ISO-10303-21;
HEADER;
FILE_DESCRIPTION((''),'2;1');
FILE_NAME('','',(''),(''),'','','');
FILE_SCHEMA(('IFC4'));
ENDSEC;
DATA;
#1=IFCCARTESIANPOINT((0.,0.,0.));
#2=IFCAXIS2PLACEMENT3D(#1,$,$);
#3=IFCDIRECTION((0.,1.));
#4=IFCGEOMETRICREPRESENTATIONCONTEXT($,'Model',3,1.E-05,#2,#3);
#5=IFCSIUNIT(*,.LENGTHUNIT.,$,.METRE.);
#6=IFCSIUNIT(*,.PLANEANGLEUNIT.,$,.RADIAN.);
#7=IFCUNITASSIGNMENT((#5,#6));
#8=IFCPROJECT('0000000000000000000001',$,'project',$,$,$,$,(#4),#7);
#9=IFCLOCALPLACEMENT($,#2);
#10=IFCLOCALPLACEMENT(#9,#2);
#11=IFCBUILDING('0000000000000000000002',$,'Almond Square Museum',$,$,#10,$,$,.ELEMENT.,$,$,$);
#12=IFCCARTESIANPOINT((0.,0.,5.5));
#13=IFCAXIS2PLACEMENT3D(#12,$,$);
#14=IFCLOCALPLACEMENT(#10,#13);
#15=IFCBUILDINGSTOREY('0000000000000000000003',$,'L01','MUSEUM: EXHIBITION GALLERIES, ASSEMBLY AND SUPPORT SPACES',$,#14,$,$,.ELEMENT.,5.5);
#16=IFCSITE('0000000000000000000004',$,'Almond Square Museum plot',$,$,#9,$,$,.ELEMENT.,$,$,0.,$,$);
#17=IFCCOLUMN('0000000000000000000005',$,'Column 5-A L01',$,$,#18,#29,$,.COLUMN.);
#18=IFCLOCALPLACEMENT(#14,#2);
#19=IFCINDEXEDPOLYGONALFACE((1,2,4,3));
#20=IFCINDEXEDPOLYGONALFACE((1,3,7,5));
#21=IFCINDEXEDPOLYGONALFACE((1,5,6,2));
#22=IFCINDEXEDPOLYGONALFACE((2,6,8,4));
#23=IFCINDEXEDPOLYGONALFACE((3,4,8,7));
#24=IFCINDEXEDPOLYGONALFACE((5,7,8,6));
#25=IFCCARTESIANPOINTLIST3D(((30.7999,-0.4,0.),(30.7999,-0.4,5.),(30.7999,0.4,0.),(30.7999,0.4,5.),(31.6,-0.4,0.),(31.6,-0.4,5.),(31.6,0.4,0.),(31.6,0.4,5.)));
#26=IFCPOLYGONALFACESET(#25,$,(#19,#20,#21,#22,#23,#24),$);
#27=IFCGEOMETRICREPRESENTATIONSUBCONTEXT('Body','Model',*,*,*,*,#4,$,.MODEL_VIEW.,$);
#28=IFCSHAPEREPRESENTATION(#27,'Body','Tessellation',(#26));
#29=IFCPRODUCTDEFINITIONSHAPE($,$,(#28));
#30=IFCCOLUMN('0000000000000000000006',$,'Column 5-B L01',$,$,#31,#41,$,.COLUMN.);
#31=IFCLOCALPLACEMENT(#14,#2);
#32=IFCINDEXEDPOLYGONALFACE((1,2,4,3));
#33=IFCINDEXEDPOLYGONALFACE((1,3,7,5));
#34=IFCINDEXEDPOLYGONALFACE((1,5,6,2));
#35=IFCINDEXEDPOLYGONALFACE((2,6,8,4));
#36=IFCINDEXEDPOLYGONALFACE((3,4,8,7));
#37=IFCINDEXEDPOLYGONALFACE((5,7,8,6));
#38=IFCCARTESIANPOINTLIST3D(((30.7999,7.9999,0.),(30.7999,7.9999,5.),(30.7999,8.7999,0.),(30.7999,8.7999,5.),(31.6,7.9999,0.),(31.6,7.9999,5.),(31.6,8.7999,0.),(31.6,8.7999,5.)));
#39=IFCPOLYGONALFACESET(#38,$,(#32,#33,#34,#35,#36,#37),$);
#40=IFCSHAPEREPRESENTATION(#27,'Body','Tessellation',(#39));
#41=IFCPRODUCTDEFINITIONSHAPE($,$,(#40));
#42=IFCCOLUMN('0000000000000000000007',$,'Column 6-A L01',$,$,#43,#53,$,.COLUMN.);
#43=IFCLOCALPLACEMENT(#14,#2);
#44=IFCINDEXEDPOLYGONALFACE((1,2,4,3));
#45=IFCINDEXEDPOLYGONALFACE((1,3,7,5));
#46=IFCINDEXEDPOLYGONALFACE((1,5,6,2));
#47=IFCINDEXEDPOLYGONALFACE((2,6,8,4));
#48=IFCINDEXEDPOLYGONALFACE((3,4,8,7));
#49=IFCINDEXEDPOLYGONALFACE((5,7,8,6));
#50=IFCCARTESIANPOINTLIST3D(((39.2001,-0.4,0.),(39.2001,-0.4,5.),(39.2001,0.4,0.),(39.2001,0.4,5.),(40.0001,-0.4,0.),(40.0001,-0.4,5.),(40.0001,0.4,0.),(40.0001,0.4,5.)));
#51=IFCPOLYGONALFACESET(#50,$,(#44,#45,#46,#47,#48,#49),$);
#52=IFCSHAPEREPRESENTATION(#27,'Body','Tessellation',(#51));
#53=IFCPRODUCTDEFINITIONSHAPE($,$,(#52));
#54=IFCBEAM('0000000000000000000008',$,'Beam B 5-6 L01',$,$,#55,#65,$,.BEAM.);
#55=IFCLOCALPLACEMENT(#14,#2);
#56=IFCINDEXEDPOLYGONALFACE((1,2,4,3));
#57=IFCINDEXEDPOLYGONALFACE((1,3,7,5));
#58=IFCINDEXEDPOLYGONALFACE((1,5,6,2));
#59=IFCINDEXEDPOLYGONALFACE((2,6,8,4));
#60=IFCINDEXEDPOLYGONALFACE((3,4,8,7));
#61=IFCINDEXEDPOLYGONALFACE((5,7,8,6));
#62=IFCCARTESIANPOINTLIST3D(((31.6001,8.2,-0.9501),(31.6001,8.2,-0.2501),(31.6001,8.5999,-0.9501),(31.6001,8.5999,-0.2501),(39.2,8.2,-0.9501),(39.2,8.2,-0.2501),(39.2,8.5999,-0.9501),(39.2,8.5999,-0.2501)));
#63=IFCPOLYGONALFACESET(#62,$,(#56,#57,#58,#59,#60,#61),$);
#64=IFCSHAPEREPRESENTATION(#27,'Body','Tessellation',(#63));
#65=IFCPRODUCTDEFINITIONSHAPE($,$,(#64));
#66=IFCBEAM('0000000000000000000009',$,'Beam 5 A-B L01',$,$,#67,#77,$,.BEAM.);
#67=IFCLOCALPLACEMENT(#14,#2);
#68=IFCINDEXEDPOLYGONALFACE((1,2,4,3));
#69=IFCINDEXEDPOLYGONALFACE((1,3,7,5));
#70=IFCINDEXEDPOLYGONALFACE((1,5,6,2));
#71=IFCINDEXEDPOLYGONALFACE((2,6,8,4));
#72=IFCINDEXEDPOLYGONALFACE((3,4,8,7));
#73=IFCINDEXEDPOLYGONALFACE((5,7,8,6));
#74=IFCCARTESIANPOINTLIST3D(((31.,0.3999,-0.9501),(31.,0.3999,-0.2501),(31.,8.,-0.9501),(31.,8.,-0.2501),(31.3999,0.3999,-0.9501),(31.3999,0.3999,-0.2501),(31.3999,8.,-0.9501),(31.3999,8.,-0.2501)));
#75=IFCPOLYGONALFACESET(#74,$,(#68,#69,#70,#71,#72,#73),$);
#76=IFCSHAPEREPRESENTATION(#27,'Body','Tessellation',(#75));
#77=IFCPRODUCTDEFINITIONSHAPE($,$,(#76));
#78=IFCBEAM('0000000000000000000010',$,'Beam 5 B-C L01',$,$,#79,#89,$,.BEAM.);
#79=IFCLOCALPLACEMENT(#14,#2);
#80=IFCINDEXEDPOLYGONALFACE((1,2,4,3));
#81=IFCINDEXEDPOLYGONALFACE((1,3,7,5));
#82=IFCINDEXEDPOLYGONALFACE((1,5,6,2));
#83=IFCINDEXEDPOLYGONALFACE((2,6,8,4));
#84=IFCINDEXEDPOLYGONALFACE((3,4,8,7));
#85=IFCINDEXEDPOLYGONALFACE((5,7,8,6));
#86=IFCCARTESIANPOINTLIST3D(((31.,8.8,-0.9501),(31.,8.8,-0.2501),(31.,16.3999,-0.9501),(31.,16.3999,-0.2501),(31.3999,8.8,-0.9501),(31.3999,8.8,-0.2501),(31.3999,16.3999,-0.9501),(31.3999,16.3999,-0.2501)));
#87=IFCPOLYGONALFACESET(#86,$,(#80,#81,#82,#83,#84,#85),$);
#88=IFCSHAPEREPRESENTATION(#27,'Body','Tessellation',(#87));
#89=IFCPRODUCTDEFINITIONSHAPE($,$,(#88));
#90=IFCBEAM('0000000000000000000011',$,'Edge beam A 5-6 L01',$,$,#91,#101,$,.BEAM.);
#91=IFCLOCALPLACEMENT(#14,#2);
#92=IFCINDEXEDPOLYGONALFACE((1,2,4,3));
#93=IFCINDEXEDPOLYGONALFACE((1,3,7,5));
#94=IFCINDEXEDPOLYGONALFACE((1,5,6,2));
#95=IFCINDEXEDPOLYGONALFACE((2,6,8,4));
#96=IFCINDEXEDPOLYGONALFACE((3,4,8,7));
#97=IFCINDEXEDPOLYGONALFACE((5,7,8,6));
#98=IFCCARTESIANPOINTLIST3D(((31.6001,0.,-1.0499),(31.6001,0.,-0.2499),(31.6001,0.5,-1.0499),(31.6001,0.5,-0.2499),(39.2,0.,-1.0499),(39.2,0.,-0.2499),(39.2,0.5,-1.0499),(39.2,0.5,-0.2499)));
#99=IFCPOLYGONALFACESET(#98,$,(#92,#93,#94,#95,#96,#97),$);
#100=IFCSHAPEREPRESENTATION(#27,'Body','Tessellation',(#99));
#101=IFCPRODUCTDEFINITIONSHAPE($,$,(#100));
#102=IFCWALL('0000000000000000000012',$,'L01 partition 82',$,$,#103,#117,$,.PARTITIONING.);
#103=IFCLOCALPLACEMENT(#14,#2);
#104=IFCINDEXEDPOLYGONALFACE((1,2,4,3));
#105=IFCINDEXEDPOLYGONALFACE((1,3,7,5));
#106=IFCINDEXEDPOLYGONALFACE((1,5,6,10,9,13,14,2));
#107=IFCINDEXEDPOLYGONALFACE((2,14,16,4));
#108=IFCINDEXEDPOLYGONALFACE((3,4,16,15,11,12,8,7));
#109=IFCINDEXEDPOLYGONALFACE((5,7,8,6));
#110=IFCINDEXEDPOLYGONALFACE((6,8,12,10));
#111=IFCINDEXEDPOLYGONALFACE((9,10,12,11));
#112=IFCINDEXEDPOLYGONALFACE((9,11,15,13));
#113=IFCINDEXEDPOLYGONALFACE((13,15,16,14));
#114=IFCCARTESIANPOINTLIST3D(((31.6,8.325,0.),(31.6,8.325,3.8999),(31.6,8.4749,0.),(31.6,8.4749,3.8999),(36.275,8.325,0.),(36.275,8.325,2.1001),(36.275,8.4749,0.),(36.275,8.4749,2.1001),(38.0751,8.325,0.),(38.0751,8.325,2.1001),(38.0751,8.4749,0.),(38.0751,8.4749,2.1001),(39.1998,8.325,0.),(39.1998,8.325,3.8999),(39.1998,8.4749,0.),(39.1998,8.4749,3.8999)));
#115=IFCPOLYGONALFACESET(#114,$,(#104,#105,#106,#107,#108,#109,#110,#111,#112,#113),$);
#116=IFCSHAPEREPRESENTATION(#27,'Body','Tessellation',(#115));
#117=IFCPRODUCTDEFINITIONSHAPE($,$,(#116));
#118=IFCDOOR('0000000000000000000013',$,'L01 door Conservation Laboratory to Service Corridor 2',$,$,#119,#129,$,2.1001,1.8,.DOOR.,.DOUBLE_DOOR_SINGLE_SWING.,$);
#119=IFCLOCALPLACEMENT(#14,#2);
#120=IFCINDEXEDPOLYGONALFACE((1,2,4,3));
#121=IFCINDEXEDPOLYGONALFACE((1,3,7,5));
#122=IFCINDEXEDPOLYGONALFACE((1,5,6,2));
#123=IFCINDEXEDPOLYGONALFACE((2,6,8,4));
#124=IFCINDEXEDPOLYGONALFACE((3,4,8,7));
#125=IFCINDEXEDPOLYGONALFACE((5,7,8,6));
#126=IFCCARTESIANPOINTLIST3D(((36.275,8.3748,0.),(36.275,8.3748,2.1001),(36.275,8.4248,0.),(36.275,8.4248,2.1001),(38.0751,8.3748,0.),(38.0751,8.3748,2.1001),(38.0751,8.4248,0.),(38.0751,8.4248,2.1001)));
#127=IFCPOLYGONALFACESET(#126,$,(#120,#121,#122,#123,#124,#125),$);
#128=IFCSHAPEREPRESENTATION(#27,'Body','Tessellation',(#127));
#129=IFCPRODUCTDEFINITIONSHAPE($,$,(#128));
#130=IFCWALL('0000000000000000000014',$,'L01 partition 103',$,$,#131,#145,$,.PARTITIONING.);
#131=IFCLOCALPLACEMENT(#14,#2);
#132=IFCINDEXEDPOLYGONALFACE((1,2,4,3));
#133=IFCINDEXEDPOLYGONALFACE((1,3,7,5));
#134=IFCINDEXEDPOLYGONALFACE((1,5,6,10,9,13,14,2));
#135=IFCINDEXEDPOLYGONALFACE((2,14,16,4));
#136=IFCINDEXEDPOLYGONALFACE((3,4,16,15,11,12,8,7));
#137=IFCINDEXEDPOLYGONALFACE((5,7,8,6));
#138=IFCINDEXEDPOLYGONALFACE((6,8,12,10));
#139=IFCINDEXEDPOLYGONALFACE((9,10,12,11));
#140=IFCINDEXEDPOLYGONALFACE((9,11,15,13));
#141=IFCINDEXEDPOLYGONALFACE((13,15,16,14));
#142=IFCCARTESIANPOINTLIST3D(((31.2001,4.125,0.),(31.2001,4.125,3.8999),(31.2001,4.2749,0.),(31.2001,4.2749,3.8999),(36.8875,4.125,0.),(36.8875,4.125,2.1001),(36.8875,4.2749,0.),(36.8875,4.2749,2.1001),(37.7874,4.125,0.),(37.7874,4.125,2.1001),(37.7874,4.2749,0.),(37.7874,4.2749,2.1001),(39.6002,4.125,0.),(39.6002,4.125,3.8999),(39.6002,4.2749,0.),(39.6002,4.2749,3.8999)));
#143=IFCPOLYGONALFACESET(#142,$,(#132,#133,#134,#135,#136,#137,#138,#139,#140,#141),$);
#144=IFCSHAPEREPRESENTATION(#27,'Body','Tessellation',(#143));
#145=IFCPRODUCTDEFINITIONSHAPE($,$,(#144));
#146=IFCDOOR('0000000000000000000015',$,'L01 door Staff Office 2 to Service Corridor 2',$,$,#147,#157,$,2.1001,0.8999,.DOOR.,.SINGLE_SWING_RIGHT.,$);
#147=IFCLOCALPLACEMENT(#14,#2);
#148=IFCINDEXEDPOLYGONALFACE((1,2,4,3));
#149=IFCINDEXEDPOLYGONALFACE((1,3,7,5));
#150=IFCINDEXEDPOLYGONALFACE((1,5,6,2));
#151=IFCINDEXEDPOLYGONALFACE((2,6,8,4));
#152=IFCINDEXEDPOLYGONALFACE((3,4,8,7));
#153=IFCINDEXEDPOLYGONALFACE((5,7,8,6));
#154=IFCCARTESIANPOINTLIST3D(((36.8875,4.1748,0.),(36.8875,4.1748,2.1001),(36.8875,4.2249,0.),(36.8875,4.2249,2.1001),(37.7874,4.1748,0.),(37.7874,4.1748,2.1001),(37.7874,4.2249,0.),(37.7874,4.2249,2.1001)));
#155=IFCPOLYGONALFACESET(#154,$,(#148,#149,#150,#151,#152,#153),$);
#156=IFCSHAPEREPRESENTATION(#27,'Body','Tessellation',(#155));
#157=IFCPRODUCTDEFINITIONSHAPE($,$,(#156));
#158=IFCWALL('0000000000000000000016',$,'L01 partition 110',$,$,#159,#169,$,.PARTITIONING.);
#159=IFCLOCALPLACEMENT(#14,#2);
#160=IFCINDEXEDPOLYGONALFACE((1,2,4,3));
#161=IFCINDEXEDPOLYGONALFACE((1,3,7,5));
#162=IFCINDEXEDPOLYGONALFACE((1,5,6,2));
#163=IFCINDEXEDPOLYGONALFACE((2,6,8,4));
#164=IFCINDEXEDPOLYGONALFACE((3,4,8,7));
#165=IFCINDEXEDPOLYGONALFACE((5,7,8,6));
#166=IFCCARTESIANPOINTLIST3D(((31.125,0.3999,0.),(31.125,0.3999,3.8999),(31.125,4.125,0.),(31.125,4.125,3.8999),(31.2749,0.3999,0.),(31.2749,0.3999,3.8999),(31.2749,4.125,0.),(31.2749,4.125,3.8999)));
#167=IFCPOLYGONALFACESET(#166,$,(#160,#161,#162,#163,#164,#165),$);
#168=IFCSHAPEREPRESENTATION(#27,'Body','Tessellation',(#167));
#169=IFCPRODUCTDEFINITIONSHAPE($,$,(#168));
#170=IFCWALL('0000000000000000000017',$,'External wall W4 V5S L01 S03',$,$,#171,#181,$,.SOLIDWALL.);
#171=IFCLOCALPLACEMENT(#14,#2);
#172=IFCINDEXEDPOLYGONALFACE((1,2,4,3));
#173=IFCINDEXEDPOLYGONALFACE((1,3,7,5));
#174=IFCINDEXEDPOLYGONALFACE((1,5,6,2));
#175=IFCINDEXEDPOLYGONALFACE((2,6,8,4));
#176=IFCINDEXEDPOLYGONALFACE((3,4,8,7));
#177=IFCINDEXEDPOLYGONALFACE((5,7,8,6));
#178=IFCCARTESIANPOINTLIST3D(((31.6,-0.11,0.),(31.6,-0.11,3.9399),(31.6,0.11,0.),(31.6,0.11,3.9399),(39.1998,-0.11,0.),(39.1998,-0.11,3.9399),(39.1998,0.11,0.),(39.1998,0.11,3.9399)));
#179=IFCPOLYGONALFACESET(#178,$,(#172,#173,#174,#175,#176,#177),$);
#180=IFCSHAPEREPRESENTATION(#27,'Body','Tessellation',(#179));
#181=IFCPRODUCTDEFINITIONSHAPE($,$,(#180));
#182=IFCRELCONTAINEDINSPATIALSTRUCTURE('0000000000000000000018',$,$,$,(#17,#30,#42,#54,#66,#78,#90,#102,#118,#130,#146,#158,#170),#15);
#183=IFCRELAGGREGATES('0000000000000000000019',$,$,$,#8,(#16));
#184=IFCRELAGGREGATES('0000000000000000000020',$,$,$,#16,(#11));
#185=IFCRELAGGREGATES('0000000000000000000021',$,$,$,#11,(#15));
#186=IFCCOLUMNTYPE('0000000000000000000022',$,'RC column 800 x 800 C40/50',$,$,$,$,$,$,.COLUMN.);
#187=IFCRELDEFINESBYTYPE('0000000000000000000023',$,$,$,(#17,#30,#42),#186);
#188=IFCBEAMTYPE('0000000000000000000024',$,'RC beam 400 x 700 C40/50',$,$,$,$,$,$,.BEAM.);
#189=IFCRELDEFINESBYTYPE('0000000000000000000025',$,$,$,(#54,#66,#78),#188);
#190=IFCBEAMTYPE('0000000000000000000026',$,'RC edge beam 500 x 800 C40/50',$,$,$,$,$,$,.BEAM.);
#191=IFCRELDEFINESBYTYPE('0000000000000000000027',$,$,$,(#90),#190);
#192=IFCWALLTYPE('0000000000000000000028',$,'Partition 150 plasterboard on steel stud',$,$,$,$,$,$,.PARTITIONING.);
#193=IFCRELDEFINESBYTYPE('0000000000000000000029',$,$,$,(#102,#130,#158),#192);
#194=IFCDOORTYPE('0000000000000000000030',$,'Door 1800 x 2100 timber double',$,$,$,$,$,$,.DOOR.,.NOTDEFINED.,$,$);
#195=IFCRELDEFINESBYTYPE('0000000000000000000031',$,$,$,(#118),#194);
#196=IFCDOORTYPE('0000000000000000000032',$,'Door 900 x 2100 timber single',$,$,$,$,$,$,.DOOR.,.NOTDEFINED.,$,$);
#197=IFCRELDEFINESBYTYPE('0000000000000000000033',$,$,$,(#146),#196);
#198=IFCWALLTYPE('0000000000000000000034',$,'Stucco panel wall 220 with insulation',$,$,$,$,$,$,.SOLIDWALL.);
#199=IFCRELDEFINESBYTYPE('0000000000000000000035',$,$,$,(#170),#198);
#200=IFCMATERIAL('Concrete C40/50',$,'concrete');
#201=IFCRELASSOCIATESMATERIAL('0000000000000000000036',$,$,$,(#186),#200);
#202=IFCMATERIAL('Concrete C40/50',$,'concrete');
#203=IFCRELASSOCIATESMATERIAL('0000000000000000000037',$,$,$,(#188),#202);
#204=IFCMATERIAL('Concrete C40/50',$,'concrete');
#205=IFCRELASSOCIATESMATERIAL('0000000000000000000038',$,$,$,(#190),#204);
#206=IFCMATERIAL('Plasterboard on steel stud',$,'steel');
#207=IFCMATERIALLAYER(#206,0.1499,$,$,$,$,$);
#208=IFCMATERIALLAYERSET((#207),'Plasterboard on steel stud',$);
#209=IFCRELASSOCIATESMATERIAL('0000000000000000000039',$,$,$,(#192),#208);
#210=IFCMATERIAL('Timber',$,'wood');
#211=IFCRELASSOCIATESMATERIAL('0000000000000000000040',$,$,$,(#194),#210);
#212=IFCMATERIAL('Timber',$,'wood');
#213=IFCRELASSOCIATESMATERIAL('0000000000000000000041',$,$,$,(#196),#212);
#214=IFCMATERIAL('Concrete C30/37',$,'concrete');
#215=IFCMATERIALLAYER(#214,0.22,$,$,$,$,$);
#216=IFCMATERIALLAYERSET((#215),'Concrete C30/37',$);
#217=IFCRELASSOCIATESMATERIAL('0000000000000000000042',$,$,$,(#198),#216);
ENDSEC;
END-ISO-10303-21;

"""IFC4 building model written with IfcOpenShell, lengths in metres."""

from ifc_helpers import new_model, si_unit, direction, frame, frame_2d, origin, origin_2d, place, context, subcontext, project, spatial, rectangle, extrude, material, layer, layer_set, material_profile, profile_set, type_object, element, fill, save


model = new_model("IFC4")

# Units and contexts
model_context = context("Model", 3, precision=1e-05, world=origin(), true_north=direction((0.0, 1.0)))
body_context = subcontext(model_context, "Body", "Model", "MODEL_VIEW")
ifc_project = project(units=[si_unit("LENGTHUNIT", "METRE"), si_unit("PLANEANGLEUNIT", "RADIAN")], contexts=[model_context])

# Site, building, storey
site_placement = place(None, origin())
site = spatial("IfcSite", under=ifc_project, at=site_placement, Name="Almond Square Museum plot", CompositionType="ELEMENT", RefElevation=0.0)
building_placement = place(site_placement, origin())
building = spatial("IfcBuilding", under=site, at=building_placement, Name="Almond Square Museum", CompositionType="ELEMENT")
storey_placement = place(building_placement, frame((0.0, 0.0, 5.5)))
storey = spatial("IfcBuildingStorey", under=building, at=storey_placement, Name="L01", Description="MUSEUM: EXHIBITION GALLERIES, ASSEMBLY AND SUPPORT SPACES", CompositionType="ELEMENT", Elevation=5.5)

# Columns
ifc_material_1 = material(Name="Concrete C40/50", Category="concrete")
ifc_material_profile_1 = material_profile(ifc_material_1, rectangle(XDim=0.8, YDim=0.8, at=origin_2d()))
ifc_profile_set_1 = profile_set([ifc_material_profile_1], Name="Concrete C40/50")
column_type = type_object("IfcColumnType", Name="RC column 800 x 800 C40/50", PredefinedType="COLUMN", material=ifc_profile_set_1)
for number, where, z_axis, x_axis, name in (
    (1, (31.2, 0.0, 0.0), (0.0, 0.0, 1.0), (1.0, 0.0, 0.0), "Column 5-A L01"),
    (2, (31.2, 8.3999, 0.0), (0.0, 0.0, 1.0), (1.0, 0.0, 0.0), "Column 5-B L01"),
    (3, (39.6001, 0.0, 0.0), (0.0, 0.0, 1.0), (1.0, 0.0, 0.0), "Column 6-A L01"),
):
    element("IfcColumn", number, at=place(storey_placement, frame(where, z_axis=z_axis, x_axis=x_axis)), inside=storey, type_object=column_type, Name=name, PredefinedType="COLUMN", context=body_context, shape_type="SweptSolid", body=[
        extrude(rectangle(XDim=0.8, YDim=0.8, at=origin_2d()), origin(), (0.0, 0.0, 1.0), 5.0),
    ])

# Beams
ifc_material_2 = material(Name="Concrete C40/50", Category="concrete")
ifc_material_profile_2 = material_profile(ifc_material_2, rectangle(XDim=0.3999, YDim=0.7, at=origin_2d()))
ifc_profile_set_2 = profile_set([ifc_material_profile_2], Name="Concrete C40/50")
beam_type_1 = type_object("IfcBeamType", Name="RC beam 400 x 700 C40/50", PredefinedType="BEAM", material=ifc_profile_set_2)
beam_1_placement = place(storey_placement, frame((31.6001, 8.3999, -0.6001), z_axis=(1.0, 0.0, 0.0), x_axis=(0.0, 1.0, 0.0)))
element("IfcBeam", 4, at=beam_1_placement, inside=storey, type_object=beam_type_1, Name="Beam B 5-6 L01", PredefinedType="BEAM", context=body_context, shape_type="SweptSolid", body=[
    extrude(rectangle(XDim=0.3999, YDim=0.7, at=origin_2d()), origin(), (0.0, 0.0, 1.0), 7.5999),
])
beam_2_placement = place(storey_placement, frame((31.2, 0.3999, -0.6001), z_axis=(0.0, 1.0, 0.0), x_axis=(-1.0, 0.0, 0.0)))
element("IfcBeam", 5, at=beam_2_placement, inside=storey, type_object=beam_type_1, Name="Beam 5 A-B L01", PredefinedType="BEAM", context=body_context, shape_type="SweptSolid", body=[
    extrude(rectangle(XDim=0.3999, YDim=0.7, at=origin_2d()), origin(), (0.0, 0.0, 1.0), 7.6001),
])
beam_3_placement = place(storey_placement, frame((31.2, 8.8, -0.6001), z_axis=(0.0, 1.0, 0.0), x_axis=(-1.0, 0.0, 0.0)))
element("IfcBeam", 6, at=beam_3_placement, inside=storey, type_object=beam_type_1, Name="Beam 5 B-C L01", PredefinedType="BEAM", context=body_context, shape_type="SweptSolid", body=[
    extrude(rectangle(XDim=0.3999, YDim=0.7, at=origin_2d()), origin(), (0.0, 0.0, 1.0), 7.5999),
])
ifc_material_3 = material(Name="Concrete C40/50", Category="concrete")
ifc_material_profile_3 = material_profile(ifc_material_3, rectangle(XDim=0.5, YDim=0.8, at=origin_2d()))
ifc_profile_set_3 = profile_set([ifc_material_profile_3], Name="Concrete C40/50")
beam_type_2 = type_object("IfcBeamType", Name="RC edge beam 500 x 800 C40/50", PredefinedType="BEAM", material=ifc_profile_set_3)
beam_4_placement = place(storey_placement, frame((31.6001, 0.25, -0.6499), z_axis=(1.0, 0.0, 0.0), x_axis=(0.0, 1.0, 0.0)))
element("IfcBeam", 7, at=beam_4_placement, inside=storey, type_object=beam_type_2, Name="Edge beam A 5-6 L01", PredefinedType="BEAM", context=body_context, shape_type="SweptSolid", body=[
    extrude(rectangle(XDim=0.5, YDim=0.8, at=origin_2d()), origin(), (0.0, 0.0, 1.0), 7.5999),
])

# Walls, openings, doors
ifc_material_4 = material(Name="Plasterboard on steel stud", Category="steel")
ifc_layer_1 = layer(ifc_material_4, 0.1499)
ifc_layer_set_1 = layer_set([ifc_layer_1], Name="Plasterboard on steel stud")
wall_type_1 = type_object("IfcWallType", Name="Partition 150 plasterboard on steel stud", PredefinedType="PARTITIONING", material=ifc_layer_set_1)
wall_1_placement = place(storey_placement, frame((31.6001, 8.3999, 0.0), z_axis=(0.0, 0.0, 1.0), x_axis=(1.0, 0.0, 0.0)))
wall_1 = element("IfcWall", 8, at=wall_1_placement, inside=storey, type_object=wall_type_1, Name="L01 partition 82", PredefinedType="PARTITIONING", context=body_context, shape_type="SweptSolid", body=[
    extrude(rectangle(XDim=7.5999, YDim=0.1499, at=frame_2d((3.7998, 0.0))), origin(), (0.0, 0.0, 1.0), 3.8999),
])
opening_1_placement = place(wall_1_placement, frame((4.675, 0.0, 0.0)))
opening_1 = element("IfcOpeningElement", 9, at=opening_1_placement, cuts=wall_1, PredefinedType="OPENING", context=body_context, shape_type="SweptSolid", body=[
    extrude(rectangle(XDim=1.8, YDim=2.1001, at=frame_2d((0.8999, 1.05))), frame((0.0, 0.085, 0.0), z_axis=(0.0, -1.0, 0.0), x_axis=(1.0, 0.0, 0.0)), (0.0, 0.0, 1.0), 0.1699),
])
ifc_material_5 = material(Name="Timber", Category="wood")
door_type_1 = type_object("IfcDoorType", Name="Door 1800 x 2100 timber double", OperationType="NOTDEFINED", PredefinedType="DOOR", material=ifc_material_5)
door_1_placement = place(opening_1_placement, origin())
door_1 = element("IfcDoor", 10, at=door_1_placement, inside=storey, type_object=door_type_1, Name="L01 door Conservation Laboratory to Service Corridor 2", OperationType="DOUBLE_DOOR_SINGLE_SWING", OverallHeight=2.1001, OverallWidth=1.8, PredefinedType="DOOR", context=body_context, shape_type="SweptSolid", body=[
    extrude(rectangle(XDim=1.8, YDim=2.1001, at=frame_2d((0.8999, 1.05))), frame((0.0, 0.0249, 0.0), z_axis=(0.0, -1.0, 0.0), x_axis=(1.0, 0.0, 0.0)), (0.0, 0.0, 1.0), 0.05),
])
fill(opening_1, door_1)
wall_2_placement = place(storey_placement, frame((31.2, 4.2, 0.0), z_axis=(0.0, 0.0, 1.0), x_axis=(1.0, 0.0, 0.0)))
wall_2 = element("IfcWall", 11, at=wall_2_placement, inside=storey, type_object=wall_type_1, Name="L01 partition 103", PredefinedType="PARTITIONING", context=body_context, shape_type="SweptSolid", body=[
    extrude(rectangle(XDim=8.4001, YDim=0.1499, at=frame_2d((4.2002, 0.0))), origin(), (0.0, 0.0, 1.0), 3.8999),
])
opening_2_placement = place(wall_2_placement, frame((5.6875, 0.0, 0.0)))
opening_2 = element("IfcOpeningElement", 12, at=opening_2_placement, cuts=wall_2, PredefinedType="OPENING", context=body_context, shape_type="SweptSolid", body=[
    extrude(rectangle(XDim=0.8999, YDim=2.1001, at=frame_2d((0.45, 1.05))), frame((0.0, 0.085, 0.0), z_axis=(0.0, -1.0, 0.0), x_axis=(1.0, 0.0, 0.0)), (0.0, 0.0, 1.0), 0.1699),
])
ifc_material_6 = material(Name="Timber", Category="wood")
door_type_2 = type_object("IfcDoorType", Name="Door 900 x 2100 timber single", OperationType="NOTDEFINED", PredefinedType="DOOR", material=ifc_material_6)
door_2_placement = place(opening_2_placement, origin())
door_2 = element("IfcDoor", 13, at=door_2_placement, inside=storey, type_object=door_type_2, Name="L01 door Staff Office 2 to Service Corridor 2", OperationType="SINGLE_SWING_RIGHT", OverallHeight=2.1001, OverallWidth=0.8999, PredefinedType="DOOR", context=body_context, shape_type="SweptSolid", body=[
    extrude(rectangle(XDim=0.8999, YDim=2.1001, at=frame_2d((0.45, 1.05))), frame((0.0, 0.0249, 0.0), z_axis=(0.0, -1.0, 0.0), x_axis=(1.0, 0.0, 0.0)), (0.0, 0.0, 1.0), 0.05),
])
fill(opening_2, door_2)

# Walls
wall_3_placement = place(storey_placement, frame((31.2, 0.3999, 0.0), z_axis=(0.0, 0.0, 1.0), x_axis=(0.0, 1.0, 0.0)))
element("IfcWall", 14, at=wall_3_placement, inside=storey, type_object=wall_type_1, Name="L01 partition 110", PredefinedType="PARTITIONING", context=body_context, shape_type="SweptSolid", body=[
    extrude(rectangle(XDim=3.7251, YDim=0.1499, at=frame_2d((1.8625, 0.0))), origin(), (0.0, 0.0, 1.0), 3.8999),
])
ifc_material_7 = material(Name="Concrete C30/37", Category="concrete")
ifc_layer_2 = layer(ifc_material_7, 0.22)
ifc_layer_set_2 = layer_set([ifc_layer_2], Name="Concrete C30/37")
wall_type_2 = type_object("IfcWallType", Name="Stucco panel wall 220 with insulation", PredefinedType="SOLIDWALL", material=ifc_layer_set_2)
wall_4_placement = place(storey_placement, frame((31.6001, 0.0, 0.0), z_axis=(0.0, 0.0, 1.0), x_axis=(1.0, 0.0, 0.0)))
element("IfcWall", 15, at=wall_4_placement, inside=storey, type_object=wall_type_2, Name="External wall W4 V5S L01 S03", PredefinedType="SOLIDWALL", context=body_context, shape_type="SweptSolid", body=[
    extrude(rectangle(XDim=7.5999, YDim=0.22, at=frame_2d((3.7998, 0.0))), origin(), (0.0, 0.0, 1.0), 3.9399),
])

save(model, "model.ifc")
